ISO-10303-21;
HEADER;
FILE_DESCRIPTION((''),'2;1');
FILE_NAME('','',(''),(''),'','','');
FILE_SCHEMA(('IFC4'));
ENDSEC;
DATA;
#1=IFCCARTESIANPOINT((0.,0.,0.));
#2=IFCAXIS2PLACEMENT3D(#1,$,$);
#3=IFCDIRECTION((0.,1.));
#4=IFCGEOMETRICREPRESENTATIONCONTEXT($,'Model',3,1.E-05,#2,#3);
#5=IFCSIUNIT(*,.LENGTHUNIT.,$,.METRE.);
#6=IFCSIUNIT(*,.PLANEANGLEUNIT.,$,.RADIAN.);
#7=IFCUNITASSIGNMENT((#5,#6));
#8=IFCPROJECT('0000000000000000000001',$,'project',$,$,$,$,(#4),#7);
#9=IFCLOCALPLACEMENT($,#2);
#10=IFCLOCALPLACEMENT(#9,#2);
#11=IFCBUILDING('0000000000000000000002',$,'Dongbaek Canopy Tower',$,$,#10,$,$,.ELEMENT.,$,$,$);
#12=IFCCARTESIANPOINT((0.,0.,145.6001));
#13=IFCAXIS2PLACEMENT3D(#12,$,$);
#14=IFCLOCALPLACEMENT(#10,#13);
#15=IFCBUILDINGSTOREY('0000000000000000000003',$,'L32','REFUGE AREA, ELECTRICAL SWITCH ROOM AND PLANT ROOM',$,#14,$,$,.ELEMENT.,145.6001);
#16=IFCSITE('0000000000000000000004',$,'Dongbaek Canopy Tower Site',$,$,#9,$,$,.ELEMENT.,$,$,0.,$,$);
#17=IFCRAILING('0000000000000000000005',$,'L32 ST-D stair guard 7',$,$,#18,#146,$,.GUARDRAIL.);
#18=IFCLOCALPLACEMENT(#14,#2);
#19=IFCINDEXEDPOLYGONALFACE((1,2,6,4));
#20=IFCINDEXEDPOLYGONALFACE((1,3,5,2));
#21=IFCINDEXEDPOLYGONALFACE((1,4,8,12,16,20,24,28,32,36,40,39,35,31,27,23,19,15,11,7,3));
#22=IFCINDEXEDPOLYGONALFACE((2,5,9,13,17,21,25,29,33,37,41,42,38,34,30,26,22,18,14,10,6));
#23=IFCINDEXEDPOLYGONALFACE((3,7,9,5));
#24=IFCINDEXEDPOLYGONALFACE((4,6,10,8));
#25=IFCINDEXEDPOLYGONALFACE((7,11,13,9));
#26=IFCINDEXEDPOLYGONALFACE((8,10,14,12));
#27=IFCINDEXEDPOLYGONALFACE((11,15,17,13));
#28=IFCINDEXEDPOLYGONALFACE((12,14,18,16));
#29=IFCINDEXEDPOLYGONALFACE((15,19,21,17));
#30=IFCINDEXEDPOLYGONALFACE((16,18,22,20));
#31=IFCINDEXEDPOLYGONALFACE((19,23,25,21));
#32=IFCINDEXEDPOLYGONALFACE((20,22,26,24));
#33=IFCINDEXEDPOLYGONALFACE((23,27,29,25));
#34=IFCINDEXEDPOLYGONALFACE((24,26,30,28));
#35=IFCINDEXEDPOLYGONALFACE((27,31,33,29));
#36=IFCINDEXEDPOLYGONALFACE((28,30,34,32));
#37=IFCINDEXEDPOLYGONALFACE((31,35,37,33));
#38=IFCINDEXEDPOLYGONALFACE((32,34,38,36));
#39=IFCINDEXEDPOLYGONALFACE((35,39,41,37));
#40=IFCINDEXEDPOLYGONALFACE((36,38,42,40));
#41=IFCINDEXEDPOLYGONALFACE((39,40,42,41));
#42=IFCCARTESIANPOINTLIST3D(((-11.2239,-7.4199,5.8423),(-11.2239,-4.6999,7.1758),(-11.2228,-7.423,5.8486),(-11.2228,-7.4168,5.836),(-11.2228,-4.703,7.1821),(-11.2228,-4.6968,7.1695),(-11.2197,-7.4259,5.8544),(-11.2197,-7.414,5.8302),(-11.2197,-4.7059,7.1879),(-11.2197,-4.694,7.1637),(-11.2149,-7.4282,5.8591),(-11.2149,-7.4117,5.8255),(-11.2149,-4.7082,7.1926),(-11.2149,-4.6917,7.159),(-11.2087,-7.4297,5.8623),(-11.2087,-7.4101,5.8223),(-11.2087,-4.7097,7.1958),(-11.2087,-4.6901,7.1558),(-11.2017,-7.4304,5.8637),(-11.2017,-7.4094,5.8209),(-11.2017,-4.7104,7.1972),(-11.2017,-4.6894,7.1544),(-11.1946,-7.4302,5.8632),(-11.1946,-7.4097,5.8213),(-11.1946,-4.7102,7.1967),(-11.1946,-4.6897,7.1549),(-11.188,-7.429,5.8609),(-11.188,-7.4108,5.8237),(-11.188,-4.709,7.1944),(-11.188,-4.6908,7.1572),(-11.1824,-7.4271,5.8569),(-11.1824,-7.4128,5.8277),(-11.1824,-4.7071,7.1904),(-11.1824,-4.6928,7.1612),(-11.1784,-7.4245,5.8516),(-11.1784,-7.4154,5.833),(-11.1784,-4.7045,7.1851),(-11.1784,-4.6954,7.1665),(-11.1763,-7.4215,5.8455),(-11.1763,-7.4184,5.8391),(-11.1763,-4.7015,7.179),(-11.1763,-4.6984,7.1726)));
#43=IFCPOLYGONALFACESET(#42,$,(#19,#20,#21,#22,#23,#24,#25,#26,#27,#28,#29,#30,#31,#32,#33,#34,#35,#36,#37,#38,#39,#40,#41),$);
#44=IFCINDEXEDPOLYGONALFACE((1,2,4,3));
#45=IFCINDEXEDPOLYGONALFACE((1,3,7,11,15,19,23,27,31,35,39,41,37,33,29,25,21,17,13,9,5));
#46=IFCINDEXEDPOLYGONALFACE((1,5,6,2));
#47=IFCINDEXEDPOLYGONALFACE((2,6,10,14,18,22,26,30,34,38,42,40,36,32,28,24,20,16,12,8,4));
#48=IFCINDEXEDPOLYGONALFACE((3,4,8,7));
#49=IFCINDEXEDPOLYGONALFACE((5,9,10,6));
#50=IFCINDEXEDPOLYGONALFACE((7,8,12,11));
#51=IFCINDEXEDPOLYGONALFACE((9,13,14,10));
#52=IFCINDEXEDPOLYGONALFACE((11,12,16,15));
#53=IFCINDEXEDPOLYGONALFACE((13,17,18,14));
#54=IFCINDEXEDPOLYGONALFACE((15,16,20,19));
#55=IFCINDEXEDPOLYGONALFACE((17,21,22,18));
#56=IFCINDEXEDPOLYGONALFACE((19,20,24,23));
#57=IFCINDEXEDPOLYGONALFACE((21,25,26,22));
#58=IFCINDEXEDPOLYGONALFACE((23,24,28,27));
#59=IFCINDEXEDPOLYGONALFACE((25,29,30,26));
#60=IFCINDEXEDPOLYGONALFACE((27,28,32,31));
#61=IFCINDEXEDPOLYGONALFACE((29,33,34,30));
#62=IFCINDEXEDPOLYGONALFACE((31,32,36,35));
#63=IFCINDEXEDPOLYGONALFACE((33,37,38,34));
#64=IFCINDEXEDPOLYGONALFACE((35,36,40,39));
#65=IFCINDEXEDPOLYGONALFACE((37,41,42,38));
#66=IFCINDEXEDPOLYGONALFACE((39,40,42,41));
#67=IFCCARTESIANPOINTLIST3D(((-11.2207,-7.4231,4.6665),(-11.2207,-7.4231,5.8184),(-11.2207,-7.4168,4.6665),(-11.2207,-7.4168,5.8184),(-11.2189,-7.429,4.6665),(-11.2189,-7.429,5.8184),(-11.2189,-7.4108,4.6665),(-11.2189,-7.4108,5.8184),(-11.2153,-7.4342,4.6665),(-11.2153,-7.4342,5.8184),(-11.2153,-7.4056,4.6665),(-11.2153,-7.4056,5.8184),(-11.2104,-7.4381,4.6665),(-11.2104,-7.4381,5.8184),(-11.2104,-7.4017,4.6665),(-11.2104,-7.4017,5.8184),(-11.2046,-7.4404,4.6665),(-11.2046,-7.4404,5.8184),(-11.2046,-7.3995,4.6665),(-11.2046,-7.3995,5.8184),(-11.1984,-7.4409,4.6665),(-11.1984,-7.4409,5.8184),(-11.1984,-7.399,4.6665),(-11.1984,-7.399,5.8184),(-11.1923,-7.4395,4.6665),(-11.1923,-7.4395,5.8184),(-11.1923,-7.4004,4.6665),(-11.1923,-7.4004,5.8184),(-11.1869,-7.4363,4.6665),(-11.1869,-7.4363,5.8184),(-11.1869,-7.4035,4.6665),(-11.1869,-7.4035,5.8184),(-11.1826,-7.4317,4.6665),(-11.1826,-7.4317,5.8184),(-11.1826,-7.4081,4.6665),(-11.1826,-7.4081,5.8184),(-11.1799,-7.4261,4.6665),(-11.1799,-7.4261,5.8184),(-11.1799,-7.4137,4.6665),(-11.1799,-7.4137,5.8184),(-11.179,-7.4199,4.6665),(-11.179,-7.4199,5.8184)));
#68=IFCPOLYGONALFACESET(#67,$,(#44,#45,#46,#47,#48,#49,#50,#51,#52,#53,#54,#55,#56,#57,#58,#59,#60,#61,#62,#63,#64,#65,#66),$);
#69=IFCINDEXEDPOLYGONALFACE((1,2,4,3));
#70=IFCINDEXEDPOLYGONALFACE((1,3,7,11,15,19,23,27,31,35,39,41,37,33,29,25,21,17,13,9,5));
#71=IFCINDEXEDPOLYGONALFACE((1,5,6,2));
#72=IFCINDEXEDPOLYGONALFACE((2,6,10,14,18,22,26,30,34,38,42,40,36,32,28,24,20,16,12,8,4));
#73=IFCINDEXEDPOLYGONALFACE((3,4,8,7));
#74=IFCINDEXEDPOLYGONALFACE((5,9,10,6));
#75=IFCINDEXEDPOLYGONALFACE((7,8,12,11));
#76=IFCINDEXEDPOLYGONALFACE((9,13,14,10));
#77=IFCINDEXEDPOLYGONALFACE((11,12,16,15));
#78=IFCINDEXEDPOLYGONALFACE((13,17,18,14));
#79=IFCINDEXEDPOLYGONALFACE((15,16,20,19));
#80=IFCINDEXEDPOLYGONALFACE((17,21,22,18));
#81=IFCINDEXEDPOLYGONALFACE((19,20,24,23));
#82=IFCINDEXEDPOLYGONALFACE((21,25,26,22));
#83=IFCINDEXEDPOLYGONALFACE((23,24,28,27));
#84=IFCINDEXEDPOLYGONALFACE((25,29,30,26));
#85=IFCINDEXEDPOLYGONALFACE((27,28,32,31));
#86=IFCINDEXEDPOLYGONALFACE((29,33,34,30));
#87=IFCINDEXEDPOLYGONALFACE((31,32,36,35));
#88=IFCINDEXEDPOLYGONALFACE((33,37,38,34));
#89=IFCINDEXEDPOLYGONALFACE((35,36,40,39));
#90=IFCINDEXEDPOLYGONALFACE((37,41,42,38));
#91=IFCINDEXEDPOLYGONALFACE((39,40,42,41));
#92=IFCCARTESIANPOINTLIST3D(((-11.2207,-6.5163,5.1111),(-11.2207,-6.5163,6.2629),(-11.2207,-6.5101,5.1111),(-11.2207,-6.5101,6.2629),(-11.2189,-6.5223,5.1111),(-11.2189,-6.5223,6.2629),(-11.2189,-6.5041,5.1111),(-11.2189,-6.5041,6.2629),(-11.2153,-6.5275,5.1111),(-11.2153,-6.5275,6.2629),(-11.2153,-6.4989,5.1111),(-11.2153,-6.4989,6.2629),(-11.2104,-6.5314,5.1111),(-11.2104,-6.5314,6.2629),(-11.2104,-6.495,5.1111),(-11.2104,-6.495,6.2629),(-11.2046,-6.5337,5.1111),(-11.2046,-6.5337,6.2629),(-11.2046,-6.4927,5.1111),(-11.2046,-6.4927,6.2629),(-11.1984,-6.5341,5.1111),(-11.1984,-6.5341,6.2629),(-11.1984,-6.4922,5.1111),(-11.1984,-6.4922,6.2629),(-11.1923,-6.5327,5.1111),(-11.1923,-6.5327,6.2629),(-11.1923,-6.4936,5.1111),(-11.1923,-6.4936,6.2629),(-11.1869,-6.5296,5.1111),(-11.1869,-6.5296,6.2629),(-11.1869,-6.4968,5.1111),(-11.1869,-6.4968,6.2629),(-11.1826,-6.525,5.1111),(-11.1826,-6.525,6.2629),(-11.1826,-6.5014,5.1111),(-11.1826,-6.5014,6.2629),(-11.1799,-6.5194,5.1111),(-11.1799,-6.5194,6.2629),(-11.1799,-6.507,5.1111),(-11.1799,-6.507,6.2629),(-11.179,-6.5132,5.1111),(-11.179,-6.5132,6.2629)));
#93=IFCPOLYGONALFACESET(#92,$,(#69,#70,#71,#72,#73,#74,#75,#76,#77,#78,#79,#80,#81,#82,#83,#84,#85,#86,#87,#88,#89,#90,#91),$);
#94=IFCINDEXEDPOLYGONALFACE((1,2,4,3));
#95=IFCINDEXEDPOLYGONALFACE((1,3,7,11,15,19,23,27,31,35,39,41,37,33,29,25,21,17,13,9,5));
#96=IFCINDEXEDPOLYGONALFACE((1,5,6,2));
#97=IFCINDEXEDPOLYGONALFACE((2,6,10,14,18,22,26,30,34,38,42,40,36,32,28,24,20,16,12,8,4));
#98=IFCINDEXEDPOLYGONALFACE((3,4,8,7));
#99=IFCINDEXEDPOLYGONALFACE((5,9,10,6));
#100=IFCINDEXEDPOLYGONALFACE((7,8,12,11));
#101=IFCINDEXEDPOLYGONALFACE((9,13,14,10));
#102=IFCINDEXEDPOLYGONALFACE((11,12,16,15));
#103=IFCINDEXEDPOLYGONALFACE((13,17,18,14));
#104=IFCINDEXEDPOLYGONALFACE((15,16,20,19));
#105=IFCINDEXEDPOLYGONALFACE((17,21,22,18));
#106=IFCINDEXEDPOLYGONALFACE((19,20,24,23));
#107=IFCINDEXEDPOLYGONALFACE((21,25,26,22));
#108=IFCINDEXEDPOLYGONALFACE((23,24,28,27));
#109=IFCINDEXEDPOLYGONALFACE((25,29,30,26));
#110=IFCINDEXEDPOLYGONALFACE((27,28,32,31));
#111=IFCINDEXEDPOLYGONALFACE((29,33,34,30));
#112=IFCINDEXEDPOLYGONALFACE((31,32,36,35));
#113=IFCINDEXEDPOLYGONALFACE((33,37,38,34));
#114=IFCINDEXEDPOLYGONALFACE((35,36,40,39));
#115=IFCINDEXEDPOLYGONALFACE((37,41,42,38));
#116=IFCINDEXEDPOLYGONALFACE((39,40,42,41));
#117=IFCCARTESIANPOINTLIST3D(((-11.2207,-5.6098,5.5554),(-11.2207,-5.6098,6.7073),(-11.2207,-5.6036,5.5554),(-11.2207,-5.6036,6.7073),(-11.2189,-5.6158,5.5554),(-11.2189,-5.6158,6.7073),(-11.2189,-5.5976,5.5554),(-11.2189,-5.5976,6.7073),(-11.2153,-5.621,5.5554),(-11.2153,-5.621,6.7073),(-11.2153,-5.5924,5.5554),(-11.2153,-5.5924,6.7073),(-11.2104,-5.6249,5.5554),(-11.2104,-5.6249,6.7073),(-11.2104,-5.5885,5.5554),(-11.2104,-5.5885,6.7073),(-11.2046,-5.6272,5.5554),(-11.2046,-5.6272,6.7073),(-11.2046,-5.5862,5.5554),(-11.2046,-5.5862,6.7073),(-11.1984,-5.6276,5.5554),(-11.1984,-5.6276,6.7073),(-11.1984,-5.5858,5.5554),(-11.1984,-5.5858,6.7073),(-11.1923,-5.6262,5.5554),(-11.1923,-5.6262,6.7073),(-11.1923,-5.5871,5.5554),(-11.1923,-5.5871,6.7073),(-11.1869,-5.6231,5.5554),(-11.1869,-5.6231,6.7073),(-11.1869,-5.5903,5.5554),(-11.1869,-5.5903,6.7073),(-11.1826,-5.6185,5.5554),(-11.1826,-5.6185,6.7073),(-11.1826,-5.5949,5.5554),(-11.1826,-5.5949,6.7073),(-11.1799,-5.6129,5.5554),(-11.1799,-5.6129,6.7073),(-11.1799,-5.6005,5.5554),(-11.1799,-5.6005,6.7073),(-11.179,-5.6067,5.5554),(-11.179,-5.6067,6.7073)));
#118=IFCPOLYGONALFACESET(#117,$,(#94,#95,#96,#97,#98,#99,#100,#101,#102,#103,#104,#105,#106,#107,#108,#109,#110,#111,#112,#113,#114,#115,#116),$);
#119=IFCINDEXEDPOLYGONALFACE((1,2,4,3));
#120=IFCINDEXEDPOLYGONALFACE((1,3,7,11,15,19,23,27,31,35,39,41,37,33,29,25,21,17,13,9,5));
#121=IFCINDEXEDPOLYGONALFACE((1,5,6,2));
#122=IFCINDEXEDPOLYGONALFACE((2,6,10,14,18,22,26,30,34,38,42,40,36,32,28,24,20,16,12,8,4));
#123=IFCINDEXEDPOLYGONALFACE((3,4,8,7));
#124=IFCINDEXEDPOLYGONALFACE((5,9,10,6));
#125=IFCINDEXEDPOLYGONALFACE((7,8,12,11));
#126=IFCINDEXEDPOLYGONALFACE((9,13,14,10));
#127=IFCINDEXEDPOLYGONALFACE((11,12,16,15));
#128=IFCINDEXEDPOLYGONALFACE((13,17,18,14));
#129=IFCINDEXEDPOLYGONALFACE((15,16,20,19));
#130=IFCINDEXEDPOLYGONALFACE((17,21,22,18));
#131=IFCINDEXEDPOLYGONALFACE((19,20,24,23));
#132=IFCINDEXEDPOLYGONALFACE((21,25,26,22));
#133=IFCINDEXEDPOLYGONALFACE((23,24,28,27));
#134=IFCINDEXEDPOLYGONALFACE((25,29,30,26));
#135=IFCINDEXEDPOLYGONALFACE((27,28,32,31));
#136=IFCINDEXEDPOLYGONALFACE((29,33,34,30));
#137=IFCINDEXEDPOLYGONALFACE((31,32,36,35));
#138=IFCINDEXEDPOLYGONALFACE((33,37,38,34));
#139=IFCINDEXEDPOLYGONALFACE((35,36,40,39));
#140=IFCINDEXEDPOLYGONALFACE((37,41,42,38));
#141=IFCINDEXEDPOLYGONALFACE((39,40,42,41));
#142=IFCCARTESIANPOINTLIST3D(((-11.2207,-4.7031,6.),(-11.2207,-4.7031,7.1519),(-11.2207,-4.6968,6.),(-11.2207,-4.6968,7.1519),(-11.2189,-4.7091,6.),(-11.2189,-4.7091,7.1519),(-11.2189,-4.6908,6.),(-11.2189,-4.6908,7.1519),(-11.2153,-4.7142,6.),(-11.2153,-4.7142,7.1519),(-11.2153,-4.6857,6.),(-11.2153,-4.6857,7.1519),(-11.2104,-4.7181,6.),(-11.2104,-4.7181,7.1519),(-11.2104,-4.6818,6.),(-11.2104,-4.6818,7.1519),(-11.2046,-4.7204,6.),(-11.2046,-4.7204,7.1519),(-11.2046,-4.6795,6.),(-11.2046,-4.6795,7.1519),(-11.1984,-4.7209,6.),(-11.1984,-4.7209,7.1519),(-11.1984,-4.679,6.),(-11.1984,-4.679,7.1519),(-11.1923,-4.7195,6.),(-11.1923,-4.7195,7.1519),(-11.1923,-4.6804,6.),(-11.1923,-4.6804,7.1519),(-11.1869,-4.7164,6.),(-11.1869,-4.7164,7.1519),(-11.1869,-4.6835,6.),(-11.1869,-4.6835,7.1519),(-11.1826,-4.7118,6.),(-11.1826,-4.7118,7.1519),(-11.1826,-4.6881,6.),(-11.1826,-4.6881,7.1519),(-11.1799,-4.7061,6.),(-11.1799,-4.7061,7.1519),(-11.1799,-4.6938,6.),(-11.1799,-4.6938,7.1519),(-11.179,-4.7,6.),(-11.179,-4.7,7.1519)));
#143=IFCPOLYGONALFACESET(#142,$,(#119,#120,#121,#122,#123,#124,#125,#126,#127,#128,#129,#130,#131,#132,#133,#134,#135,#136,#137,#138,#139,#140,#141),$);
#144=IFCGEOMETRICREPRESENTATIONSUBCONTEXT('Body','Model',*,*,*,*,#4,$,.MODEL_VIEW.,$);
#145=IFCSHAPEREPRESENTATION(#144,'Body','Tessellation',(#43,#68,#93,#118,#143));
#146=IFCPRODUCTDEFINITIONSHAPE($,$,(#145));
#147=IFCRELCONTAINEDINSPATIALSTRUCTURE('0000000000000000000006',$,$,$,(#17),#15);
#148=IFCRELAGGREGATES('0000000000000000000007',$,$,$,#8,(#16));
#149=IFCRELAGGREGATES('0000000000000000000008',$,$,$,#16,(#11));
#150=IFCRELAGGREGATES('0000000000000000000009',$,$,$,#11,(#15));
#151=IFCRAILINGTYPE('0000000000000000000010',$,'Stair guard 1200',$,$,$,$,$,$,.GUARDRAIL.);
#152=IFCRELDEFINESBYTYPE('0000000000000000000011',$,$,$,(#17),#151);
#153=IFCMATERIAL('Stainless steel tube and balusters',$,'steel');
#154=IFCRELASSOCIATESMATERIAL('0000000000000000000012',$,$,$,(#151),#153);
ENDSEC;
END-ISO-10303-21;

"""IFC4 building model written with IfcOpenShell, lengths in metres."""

from ifc_helpers import new_model, si_unit, direction, frame, origin, origin_2d, place, context, subcontext, project, spatial, circle, extrude, material, type_object, element, save


model = new_model("IFC4")

# Units and contexts
model_context = context("Model", 3, precision=1e-05, world=origin(), true_north=direction((0.0, 1.0)))
body_context = subcontext(model_context, "Body", "Model", "MODEL_VIEW")
ifc_project = project(units=[si_unit("LENGTHUNIT", "METRE"), si_unit("PLANEANGLEUNIT", "RADIAN")], contexts=[model_context])

# Site, building, storey
site_placement = place(None, origin())
site = spatial("IfcSite", under=ifc_project, at=site_placement, Name="Dongbaek Canopy Tower Site", CompositionType="ELEMENT", RefElevation=0.0)
building_placement = place(site_placement, origin())
building = spatial("IfcBuilding", under=site, at=building_placement, Name="Dongbaek Canopy Tower", CompositionType="ELEMENT")
storey_placement = place(building_placement, frame((0.0, 0.0, 145.6001)))
storey = spatial("IfcBuildingStorey", under=building, at=storey_placement, Name="L32", Description="REFUGE AREA, ELECTRICAL SWITCH ROOM AND PLANT ROOM", CompositionType="ELEMENT", Elevation=145.6001)

# Railing
ifc_material_1 = material(Name="Stainless steel tube and balusters", Category="steel")
railing_type_1 = type_object("IfcRailingType", Name="Stair guard 1200", PredefinedType="GUARDRAIL", material=ifc_material_1)
railing_1_placement = place(storey_placement, frame((-11.2, -7.4199, 4.6665)))
element("IfcRailing", 1, at=railing_1_placement, inside=storey, type_object=railing_type_1, Name="L32 ST-D stair guard 7", PredefinedType="GUARDRAIL", context=body_context, shape_type="SweptSolid", body=[
    extrude(circle(Radius=0.0239, at=origin_2d()), frame((0.0, 0.0, 1.1758), z_axis=(0.0, 0.897898, 0.440204), x_axis=(-1.0, 0.0, 0.0)), (0.0, 0.0, 1.0), 3.0293),
    extrude(circle(Radius=0.021, at=origin_2d()), origin(), (0.0, 0.0, 1.0), 1.1519),
    extrude(circle(Radius=0.021, at=origin_2d()), frame((0.0, 0.9067, 0.4446)), (0.0, 0.0, 1.0), 1.1519),
    extrude(circle(Radius=0.021, at=origin_2d()), frame((0.0, 1.8132, 0.8889)), (0.0, 0.0, 1.0), 1.1519),
    extrude(circle(Radius=0.021, at=origin_2d()), frame((0.0, 2.72, 1.3335)), (0.0, 0.0, 1.0), 1.1519),
])

save(model, "model.ifc")
